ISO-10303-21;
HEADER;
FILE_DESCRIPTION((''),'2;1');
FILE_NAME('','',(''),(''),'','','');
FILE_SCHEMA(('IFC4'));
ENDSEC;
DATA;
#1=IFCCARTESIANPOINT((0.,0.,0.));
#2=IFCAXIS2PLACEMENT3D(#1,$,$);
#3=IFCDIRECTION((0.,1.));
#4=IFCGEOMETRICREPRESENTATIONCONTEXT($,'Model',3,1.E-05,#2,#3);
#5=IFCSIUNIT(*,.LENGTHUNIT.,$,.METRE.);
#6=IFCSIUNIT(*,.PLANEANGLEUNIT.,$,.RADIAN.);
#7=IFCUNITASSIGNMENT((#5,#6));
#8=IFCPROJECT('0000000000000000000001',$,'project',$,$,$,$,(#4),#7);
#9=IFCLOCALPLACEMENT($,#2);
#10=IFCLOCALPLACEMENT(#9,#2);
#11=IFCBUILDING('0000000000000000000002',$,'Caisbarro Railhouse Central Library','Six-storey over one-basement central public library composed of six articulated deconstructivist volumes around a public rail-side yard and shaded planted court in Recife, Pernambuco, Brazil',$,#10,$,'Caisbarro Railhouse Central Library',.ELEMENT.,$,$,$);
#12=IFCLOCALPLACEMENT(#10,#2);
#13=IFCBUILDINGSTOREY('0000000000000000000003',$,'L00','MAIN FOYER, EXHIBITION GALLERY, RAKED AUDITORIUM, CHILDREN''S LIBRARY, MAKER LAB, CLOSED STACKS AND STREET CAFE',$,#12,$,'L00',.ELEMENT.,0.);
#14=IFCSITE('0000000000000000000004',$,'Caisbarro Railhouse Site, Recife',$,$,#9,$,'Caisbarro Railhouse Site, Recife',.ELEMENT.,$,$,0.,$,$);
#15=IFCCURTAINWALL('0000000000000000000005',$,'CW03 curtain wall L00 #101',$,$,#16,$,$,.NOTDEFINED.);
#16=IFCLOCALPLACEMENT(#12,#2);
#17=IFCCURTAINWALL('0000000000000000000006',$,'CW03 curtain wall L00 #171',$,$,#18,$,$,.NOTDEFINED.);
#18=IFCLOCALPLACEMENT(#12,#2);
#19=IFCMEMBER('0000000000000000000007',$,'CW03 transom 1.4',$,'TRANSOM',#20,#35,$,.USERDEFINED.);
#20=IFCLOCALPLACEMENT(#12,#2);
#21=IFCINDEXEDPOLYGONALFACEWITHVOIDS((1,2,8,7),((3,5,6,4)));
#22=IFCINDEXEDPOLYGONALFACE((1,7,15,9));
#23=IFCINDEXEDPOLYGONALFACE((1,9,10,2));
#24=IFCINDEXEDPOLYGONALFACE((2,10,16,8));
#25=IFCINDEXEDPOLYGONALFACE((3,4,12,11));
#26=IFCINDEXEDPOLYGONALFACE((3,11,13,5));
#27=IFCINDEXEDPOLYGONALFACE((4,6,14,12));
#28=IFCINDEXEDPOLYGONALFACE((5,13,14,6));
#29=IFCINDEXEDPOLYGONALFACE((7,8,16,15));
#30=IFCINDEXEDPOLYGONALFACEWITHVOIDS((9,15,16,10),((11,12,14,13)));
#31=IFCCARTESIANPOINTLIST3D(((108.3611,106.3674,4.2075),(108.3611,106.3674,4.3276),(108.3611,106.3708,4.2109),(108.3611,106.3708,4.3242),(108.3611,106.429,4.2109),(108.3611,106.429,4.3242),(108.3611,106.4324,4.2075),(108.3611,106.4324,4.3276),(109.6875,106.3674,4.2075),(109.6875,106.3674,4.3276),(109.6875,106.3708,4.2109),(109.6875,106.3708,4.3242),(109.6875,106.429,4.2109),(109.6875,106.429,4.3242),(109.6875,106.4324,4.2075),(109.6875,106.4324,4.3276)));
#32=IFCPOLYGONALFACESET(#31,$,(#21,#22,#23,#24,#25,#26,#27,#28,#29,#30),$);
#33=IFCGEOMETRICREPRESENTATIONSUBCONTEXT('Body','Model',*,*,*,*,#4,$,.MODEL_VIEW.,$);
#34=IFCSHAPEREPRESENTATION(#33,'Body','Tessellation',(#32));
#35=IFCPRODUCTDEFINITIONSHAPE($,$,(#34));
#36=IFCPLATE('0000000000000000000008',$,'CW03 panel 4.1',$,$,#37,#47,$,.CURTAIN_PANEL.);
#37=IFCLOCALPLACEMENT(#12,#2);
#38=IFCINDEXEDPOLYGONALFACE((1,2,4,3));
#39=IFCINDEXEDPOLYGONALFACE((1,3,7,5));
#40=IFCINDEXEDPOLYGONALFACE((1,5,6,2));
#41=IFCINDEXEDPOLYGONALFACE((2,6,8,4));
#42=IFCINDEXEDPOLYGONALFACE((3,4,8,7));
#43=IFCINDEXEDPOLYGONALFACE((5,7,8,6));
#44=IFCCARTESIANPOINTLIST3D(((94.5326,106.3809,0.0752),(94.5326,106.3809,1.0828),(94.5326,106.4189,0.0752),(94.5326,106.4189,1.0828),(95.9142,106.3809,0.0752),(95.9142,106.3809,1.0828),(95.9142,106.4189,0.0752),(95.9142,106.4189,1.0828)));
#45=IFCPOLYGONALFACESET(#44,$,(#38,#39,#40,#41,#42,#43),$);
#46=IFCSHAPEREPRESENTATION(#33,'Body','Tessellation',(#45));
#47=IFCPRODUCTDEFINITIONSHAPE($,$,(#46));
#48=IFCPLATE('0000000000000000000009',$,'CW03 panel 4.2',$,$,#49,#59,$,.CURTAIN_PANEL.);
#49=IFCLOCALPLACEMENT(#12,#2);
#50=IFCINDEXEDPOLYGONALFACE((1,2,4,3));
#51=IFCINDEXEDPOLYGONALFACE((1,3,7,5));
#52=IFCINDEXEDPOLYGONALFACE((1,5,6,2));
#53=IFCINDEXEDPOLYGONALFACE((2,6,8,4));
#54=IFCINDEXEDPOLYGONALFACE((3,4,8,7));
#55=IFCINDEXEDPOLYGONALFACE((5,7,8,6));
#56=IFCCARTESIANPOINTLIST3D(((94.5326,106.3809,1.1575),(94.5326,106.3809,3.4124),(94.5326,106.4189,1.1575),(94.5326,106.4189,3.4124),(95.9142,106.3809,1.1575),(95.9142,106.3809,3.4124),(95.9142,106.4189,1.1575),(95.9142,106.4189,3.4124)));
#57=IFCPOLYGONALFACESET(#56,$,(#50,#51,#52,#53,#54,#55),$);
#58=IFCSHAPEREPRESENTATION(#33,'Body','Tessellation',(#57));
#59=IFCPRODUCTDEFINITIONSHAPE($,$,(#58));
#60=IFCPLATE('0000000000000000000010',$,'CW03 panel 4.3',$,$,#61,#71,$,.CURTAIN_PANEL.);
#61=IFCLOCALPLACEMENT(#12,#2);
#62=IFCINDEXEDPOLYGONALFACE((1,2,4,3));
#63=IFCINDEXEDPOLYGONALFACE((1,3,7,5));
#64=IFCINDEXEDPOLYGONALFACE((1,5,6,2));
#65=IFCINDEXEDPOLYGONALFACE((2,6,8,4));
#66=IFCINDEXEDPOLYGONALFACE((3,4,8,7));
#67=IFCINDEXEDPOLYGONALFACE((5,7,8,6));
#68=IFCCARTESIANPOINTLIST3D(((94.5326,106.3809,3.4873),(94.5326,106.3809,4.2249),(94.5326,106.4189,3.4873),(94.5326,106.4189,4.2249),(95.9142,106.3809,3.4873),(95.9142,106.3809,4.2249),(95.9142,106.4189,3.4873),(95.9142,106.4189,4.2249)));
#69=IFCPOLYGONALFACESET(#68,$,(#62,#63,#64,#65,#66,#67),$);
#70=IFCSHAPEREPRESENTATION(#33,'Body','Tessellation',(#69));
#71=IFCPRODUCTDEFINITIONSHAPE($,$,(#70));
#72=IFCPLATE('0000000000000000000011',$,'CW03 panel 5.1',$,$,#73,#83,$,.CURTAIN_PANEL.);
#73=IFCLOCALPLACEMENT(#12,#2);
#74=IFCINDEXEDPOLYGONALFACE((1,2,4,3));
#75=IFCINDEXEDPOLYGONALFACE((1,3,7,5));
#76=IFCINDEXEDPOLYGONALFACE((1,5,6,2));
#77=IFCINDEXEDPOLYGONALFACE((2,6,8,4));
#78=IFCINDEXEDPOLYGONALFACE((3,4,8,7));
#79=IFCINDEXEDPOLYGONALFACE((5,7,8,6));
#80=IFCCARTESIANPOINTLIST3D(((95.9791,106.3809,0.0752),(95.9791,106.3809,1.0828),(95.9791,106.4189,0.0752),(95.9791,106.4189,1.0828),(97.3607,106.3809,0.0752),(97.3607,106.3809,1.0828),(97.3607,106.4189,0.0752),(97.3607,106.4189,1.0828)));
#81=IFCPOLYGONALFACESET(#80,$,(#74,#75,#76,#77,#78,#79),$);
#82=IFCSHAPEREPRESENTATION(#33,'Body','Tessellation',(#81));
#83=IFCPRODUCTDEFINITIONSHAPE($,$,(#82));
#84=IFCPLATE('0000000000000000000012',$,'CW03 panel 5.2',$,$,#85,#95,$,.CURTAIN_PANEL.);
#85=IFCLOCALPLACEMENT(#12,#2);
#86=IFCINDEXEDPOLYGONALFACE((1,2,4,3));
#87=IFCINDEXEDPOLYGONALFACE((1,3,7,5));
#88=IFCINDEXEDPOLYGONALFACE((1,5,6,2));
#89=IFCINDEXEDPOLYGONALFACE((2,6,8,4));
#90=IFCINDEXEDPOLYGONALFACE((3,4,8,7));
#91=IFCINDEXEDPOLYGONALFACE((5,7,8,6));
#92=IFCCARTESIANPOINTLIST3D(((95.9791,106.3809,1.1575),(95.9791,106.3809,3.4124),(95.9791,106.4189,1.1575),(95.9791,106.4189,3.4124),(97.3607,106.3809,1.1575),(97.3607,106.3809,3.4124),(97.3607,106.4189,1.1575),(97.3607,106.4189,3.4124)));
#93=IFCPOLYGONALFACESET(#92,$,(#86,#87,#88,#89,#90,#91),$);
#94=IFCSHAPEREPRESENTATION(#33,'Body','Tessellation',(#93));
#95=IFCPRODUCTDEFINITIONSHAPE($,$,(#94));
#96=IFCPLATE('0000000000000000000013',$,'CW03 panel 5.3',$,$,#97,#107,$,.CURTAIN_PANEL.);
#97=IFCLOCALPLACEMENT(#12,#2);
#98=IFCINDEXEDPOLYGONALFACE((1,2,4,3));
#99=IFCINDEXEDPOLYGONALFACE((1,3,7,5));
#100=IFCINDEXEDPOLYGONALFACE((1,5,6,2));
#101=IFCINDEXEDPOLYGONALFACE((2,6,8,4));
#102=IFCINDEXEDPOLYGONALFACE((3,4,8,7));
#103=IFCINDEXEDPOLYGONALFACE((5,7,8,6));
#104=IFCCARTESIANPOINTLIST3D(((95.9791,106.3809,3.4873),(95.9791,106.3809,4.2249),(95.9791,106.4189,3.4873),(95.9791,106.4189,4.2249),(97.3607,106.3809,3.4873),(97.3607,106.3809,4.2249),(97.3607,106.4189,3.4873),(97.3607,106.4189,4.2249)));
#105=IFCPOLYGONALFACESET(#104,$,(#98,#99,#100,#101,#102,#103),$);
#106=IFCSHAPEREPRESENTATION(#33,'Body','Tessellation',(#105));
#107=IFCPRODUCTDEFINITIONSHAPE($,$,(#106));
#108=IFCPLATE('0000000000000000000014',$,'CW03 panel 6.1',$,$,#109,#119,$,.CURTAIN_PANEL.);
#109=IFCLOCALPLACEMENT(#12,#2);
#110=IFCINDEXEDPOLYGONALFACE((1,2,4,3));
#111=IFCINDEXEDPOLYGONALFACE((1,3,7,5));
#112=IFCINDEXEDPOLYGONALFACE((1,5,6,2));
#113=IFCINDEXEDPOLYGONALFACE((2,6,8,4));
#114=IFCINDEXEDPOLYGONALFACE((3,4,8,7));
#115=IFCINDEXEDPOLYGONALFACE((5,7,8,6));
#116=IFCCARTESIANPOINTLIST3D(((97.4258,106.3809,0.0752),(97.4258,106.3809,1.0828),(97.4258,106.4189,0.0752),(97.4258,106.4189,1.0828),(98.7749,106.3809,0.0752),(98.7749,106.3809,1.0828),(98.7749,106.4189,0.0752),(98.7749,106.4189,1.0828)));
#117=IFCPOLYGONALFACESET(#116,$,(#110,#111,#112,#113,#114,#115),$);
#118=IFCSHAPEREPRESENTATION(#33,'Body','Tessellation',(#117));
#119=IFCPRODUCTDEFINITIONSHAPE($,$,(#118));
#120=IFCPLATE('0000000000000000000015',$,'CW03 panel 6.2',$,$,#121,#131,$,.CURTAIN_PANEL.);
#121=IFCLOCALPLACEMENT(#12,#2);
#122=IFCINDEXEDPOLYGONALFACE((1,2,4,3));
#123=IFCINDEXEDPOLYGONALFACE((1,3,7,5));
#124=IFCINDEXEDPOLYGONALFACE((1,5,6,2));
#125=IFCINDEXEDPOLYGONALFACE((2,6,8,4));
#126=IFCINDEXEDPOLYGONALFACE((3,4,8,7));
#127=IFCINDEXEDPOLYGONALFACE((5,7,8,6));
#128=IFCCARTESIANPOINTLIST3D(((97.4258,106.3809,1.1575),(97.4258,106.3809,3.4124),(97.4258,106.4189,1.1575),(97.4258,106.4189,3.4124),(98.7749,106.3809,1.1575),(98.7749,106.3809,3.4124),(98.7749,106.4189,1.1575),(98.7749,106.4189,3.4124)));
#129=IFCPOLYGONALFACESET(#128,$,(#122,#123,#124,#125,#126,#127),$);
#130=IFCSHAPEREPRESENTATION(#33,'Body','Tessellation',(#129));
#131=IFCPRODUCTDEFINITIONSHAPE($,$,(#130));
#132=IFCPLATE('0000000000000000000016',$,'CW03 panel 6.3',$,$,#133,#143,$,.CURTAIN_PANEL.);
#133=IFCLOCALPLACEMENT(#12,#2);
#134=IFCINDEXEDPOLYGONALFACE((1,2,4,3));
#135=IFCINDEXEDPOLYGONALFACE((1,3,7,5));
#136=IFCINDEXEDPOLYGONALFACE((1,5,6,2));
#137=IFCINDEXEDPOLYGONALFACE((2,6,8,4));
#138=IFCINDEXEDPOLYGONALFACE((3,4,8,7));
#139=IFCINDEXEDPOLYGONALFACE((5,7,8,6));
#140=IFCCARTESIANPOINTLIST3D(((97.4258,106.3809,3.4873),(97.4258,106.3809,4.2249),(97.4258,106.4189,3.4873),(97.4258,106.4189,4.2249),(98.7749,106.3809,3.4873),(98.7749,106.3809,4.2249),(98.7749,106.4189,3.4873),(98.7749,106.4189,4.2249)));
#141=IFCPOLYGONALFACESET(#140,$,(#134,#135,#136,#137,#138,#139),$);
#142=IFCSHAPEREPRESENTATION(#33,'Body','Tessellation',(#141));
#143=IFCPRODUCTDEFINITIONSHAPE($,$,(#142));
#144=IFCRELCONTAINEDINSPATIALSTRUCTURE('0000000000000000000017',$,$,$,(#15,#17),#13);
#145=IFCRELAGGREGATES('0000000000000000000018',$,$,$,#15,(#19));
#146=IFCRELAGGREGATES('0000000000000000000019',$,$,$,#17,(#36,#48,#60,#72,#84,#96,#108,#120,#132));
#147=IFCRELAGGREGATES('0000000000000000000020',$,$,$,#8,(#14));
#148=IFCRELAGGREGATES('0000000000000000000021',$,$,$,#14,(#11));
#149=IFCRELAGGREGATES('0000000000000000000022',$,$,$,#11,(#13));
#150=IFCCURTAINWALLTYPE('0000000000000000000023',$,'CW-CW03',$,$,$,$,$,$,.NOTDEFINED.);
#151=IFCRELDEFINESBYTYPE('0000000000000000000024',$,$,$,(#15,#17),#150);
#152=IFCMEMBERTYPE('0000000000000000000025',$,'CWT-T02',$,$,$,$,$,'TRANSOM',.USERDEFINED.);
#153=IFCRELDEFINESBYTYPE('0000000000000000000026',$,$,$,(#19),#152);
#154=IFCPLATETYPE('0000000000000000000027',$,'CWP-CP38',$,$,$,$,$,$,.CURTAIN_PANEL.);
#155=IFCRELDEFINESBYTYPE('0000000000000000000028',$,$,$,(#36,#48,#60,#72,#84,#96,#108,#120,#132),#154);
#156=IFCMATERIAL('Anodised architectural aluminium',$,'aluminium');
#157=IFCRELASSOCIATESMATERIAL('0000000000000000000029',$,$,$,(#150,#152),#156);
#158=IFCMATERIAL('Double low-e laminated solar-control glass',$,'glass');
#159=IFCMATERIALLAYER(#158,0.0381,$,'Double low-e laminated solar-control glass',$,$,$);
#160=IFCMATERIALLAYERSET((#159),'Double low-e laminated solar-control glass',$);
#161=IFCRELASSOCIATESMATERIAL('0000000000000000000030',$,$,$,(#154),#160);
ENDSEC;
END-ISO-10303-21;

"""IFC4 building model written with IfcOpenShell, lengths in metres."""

from ifc_helpers import new_model, si_unit, direction, frame, origin, origin_2d, place, context, subcontext, project, spatial, rectangle, hollow_rectangle, extrude, material, layer, layer_set, material_profile, profile_set, type_object, element, aggregate, save


model = new_model("IFC4")

# Units and contexts
model_context = context("Model", 3, precision=1e-05, world=origin(), true_north=direction((0.0, 1.0)))
body_context = subcontext(model_context, "Body", "Model", "MODEL_VIEW")
ifc_project = project(units=[si_unit("LENGTHUNIT", "METRE"), si_unit("PLANEANGLEUNIT", "RADIAN")], contexts=[model_context])

# Site, building, storey
site_placement = place(None, origin())
site = spatial("IfcSite", under=ifc_project, at=site_placement, Name="Caisbarro Railhouse Site, Recife", LongName="Caisbarro Railhouse Site, Recife", CompositionType="ELEMENT", RefElevation=0.0)
building_placement = place(site_placement, origin())
building = spatial("IfcBuilding", under=site, at=building_placement, Name="Caisbarro Railhouse Central Library", Description="Six-storey over one-basement central public library composed of six articulated deconstructivist volumes around a public rail-side yard and shaded planted court in Recife, Pernambuco, Brazil", LongName="Caisbarro Railhouse Central Library", CompositionType="ELEMENT")
storey_placement = place(building_placement, origin())
storey = spatial("IfcBuildingStorey", under=building, at=storey_placement, Name="L00", Description="MAIN FOYER, EXHIBITION GALLERY, RAKED AUDITORIUM, CHILDREN'S LIBRARY, MAKER LAB, CLOSED STACKS AND STREET CAFE", LongName="L00", CompositionType="ELEMENT", Elevation=0.0)

# Curtain wall
ifc_material_1 = material(Name="Anodised architectural aluminium", Category="aluminium")
curtain_wall_type = type_object("IfcCurtainWallType", Name="CW-CW03", PredefinedType="NOTDEFINED", material=ifc_material_1)
curtain_wall_1_placement = place(storey_placement, origin())
curtain_wall_1 = element("IfcCurtainWall", 1, at=curtain_wall_1_placement, inside=storey, type_object=curtain_wall_type, Name="CW03 curtain wall L00 #101", PredefinedType="NOTDEFINED")

# Curtain wall
curtain_wall_2_placement = place(storey_placement, origin())
curtain_wall_2 = element("IfcCurtainWall", 2, at=curtain_wall_2_placement, inside=storey, type_object=curtain_wall_type, Name="CW03 curtain wall L00 #171", PredefinedType="NOTDEFINED")

# Member
ifc_material_profile_1 = material_profile(ifc_material_1, hollow_rectangle(XDim=0.0649, YDim=0.1201, WallThickness=0.0034, at=origin_2d()), Name="ALU-TRN-65X120")
ifc_profile_set_1 = profile_set([ifc_material_profile_1], Name="Anodised architectural aluminium")
member_type_1 = type_object("IfcMemberType", Name="CWT-T02", ElementType="TRANSOM", PredefinedType="USERDEFINED", material=ifc_profile_set_1)
member_1_placement = place(storey_placement, frame((108.3611, 106.3999, 4.2676), z_axis=(1.0, 0.0, 0.0), x_axis=(0.0, 1.0, 0.0)))
member_1 = element("IfcMember", 3, at=member_1_placement, type_object=member_type_1, Name="CW03 transom 1.4", ObjectType="TRANSOM", PredefinedType="USERDEFINED", context=body_context, shape_type="SweptSolid", body=[
    extrude(hollow_rectangle(XDim=0.0649, YDim=0.1201, WallThickness=0.0034, at=origin_2d()), origin(), (0.0, 0.0, 1.0), 1.3264),
])
aggregate(curtain_wall_1, [member_1])

# Plates
ifc_material_2 = material(Name="Double low-e laminated solar-control glass", Category="glass")
ifc_layer = layer(ifc_material_2, 0.0381, Name="Double low-e laminated solar-control glass")
ifc_layer_set = layer_set([ifc_layer], Name="Double low-e laminated solar-control glass")
plate_type = type_object("IfcPlateType", Name="CWP-CP38", PredefinedType="CURTAIN_PANEL", material=ifc_layer_set)
plate_1_placement = place(storey_placement, frame((95.2234, 106.3999, 0.0752), z_axis=(0.0, 0.0, 1.0), x_axis=(1.0, 0.0, 0.0)))
plate_1 = element("IfcPlate", 4, at=plate_1_placement, type_object=plate_type, Name="CW03 panel 4.1", PredefinedType="CURTAIN_PANEL", context=body_context, shape_type="SweptSolid", body=[
    extrude(rectangle(XDim=1.3816, YDim=0.0381, at=origin_2d()), origin(), (0.0, 0.0, 1.0), 1.0076),
])
plate_2_placement = place(storey_placement, frame((95.2234, 106.3999, 1.1575), z_axis=(0.0, 0.0, 1.0), x_axis=(1.0, 0.0, 0.0)))
plate_2 = element("IfcPlate", 5, at=plate_2_placement, type_object=plate_type, Name="CW03 panel 4.2", PredefinedType="CURTAIN_PANEL", context=body_context, shape_type="SweptSolid", body=[
    extrude(rectangle(XDim=1.3816, YDim=0.0381, at=origin_2d()), origin(), (0.0, 0.0, 1.0), 2.2549),
])
plate_3_placement = place(storey_placement, frame((95.2234, 106.3999, 3.4873), z_axis=(0.0, 0.0, 1.0), x_axis=(1.0, 0.0, 0.0)))
plate_3 = element("IfcPlate", 6, at=plate_3_placement, type_object=plate_type, Name="CW03 panel 4.3", PredefinedType="CURTAIN_PANEL", context=body_context, shape_type="SweptSolid", body=[
    extrude(rectangle(XDim=1.3816, YDim=0.0381, at=origin_2d()), origin(), (0.0, 0.0, 1.0), 0.7375),
])
plate_4_placement = place(storey_placement, frame((96.6699, 106.3999, 0.0752), z_axis=(0.0, 0.0, 1.0), x_axis=(1.0, 0.0, 0.0)))
plate_4 = element("IfcPlate", 7, at=plate_4_placement, type_object=plate_type, Name="CW03 panel 5.1", PredefinedType="CURTAIN_PANEL", context=body_context, shape_type="SweptSolid", body=[
    extrude(rectangle(XDim=1.3816, YDim=0.0381, at=origin_2d()), origin(), (0.0, 0.0, 1.0), 1.0076),
])
plate_5_placement = place(storey_placement, frame((96.6699, 106.3999, 1.1575), z_axis=(0.0, 0.0, 1.0), x_axis=(1.0, 0.0, 0.0)))
plate_5 = element("IfcPlate", 8, at=plate_5_placement, type_object=plate_type, Name="CW03 panel 5.2", PredefinedType="CURTAIN_PANEL", context=body_context, shape_type="SweptSolid", body=[
    extrude(rectangle(XDim=1.3816, YDim=0.0381, at=origin_2d()), origin(), (0.0, 0.0, 1.0), 2.2549),
])
plate_6_placement = place(storey_placement, frame((96.6699, 106.3999, 3.4873), z_axis=(0.0, 0.0, 1.0), x_axis=(1.0, 0.0, 0.0)))
plate_6 = element("IfcPlate", 9, at=plate_6_placement, type_object=plate_type, Name="CW03 panel 5.3", PredefinedType="CURTAIN_PANEL", context=body_context, shape_type="SweptSolid", body=[
    extrude(rectangle(XDim=1.3816, YDim=0.0381, at=origin_2d()), origin(), (0.0, 0.0, 1.0), 0.7375),
])
plate_7_placement = place(storey_placement, frame((98.1003, 106.3999, 0.0752), z_axis=(0.0, 0.0, 1.0), x_axis=(1.0, 0.0, 0.0)))
plate_7 = element("IfcPlate", 10, at=plate_7_placement, type_object=plate_type, Name="CW03 panel 6.1", PredefinedType="CURTAIN_PANEL", context=body_context, shape_type="SweptSolid", body=[
    extrude(rectangle(XDim=1.3491, YDim=0.0381, at=origin_2d()), origin(), (0.0, 0.0, 1.0), 1.0076),
])
plate_8_placement = place(storey_placement, frame((98.1003, 106.3999, 1.1575), z_axis=(0.0, 0.0, 1.0), x_axis=(1.0, 0.0, 0.0)))
plate_8 = element("IfcPlate", 11, at=plate_8_placement, type_object=plate_type, Name="CW03 panel 6.2", PredefinedType="CURTAIN_PANEL", context=body_context, shape_type="SweptSolid", body=[
    extrude(rectangle(XDim=1.3491, YDim=0.0381, at=origin_2d()), origin(), (0.0, 0.0, 1.0), 2.2549),
])
plate_9_placement = place(storey_placement, frame((98.1003, 106.3999, 3.4873), z_axis=(0.0, 0.0, 1.0), x_axis=(1.0, 0.0, 0.0)))
plate_9 = element("IfcPlate", 12, at=plate_9_placement, type_object=plate_type, Name="CW03 panel 6.3", PredefinedType="CURTAIN_PANEL", context=body_context, shape_type="SweptSolid", body=[
    extrude(rectangle(XDim=1.3491, YDim=0.0381, at=origin_2d()), origin(), (0.0, 0.0, 1.0), 0.7375),
])
aggregate(curtain_wall_2, [plate_1, plate_2, plate_3, plate_4, plate_5, plate_6, plate_7, plate_8, plate_9])

save(model, "model.ifc")
